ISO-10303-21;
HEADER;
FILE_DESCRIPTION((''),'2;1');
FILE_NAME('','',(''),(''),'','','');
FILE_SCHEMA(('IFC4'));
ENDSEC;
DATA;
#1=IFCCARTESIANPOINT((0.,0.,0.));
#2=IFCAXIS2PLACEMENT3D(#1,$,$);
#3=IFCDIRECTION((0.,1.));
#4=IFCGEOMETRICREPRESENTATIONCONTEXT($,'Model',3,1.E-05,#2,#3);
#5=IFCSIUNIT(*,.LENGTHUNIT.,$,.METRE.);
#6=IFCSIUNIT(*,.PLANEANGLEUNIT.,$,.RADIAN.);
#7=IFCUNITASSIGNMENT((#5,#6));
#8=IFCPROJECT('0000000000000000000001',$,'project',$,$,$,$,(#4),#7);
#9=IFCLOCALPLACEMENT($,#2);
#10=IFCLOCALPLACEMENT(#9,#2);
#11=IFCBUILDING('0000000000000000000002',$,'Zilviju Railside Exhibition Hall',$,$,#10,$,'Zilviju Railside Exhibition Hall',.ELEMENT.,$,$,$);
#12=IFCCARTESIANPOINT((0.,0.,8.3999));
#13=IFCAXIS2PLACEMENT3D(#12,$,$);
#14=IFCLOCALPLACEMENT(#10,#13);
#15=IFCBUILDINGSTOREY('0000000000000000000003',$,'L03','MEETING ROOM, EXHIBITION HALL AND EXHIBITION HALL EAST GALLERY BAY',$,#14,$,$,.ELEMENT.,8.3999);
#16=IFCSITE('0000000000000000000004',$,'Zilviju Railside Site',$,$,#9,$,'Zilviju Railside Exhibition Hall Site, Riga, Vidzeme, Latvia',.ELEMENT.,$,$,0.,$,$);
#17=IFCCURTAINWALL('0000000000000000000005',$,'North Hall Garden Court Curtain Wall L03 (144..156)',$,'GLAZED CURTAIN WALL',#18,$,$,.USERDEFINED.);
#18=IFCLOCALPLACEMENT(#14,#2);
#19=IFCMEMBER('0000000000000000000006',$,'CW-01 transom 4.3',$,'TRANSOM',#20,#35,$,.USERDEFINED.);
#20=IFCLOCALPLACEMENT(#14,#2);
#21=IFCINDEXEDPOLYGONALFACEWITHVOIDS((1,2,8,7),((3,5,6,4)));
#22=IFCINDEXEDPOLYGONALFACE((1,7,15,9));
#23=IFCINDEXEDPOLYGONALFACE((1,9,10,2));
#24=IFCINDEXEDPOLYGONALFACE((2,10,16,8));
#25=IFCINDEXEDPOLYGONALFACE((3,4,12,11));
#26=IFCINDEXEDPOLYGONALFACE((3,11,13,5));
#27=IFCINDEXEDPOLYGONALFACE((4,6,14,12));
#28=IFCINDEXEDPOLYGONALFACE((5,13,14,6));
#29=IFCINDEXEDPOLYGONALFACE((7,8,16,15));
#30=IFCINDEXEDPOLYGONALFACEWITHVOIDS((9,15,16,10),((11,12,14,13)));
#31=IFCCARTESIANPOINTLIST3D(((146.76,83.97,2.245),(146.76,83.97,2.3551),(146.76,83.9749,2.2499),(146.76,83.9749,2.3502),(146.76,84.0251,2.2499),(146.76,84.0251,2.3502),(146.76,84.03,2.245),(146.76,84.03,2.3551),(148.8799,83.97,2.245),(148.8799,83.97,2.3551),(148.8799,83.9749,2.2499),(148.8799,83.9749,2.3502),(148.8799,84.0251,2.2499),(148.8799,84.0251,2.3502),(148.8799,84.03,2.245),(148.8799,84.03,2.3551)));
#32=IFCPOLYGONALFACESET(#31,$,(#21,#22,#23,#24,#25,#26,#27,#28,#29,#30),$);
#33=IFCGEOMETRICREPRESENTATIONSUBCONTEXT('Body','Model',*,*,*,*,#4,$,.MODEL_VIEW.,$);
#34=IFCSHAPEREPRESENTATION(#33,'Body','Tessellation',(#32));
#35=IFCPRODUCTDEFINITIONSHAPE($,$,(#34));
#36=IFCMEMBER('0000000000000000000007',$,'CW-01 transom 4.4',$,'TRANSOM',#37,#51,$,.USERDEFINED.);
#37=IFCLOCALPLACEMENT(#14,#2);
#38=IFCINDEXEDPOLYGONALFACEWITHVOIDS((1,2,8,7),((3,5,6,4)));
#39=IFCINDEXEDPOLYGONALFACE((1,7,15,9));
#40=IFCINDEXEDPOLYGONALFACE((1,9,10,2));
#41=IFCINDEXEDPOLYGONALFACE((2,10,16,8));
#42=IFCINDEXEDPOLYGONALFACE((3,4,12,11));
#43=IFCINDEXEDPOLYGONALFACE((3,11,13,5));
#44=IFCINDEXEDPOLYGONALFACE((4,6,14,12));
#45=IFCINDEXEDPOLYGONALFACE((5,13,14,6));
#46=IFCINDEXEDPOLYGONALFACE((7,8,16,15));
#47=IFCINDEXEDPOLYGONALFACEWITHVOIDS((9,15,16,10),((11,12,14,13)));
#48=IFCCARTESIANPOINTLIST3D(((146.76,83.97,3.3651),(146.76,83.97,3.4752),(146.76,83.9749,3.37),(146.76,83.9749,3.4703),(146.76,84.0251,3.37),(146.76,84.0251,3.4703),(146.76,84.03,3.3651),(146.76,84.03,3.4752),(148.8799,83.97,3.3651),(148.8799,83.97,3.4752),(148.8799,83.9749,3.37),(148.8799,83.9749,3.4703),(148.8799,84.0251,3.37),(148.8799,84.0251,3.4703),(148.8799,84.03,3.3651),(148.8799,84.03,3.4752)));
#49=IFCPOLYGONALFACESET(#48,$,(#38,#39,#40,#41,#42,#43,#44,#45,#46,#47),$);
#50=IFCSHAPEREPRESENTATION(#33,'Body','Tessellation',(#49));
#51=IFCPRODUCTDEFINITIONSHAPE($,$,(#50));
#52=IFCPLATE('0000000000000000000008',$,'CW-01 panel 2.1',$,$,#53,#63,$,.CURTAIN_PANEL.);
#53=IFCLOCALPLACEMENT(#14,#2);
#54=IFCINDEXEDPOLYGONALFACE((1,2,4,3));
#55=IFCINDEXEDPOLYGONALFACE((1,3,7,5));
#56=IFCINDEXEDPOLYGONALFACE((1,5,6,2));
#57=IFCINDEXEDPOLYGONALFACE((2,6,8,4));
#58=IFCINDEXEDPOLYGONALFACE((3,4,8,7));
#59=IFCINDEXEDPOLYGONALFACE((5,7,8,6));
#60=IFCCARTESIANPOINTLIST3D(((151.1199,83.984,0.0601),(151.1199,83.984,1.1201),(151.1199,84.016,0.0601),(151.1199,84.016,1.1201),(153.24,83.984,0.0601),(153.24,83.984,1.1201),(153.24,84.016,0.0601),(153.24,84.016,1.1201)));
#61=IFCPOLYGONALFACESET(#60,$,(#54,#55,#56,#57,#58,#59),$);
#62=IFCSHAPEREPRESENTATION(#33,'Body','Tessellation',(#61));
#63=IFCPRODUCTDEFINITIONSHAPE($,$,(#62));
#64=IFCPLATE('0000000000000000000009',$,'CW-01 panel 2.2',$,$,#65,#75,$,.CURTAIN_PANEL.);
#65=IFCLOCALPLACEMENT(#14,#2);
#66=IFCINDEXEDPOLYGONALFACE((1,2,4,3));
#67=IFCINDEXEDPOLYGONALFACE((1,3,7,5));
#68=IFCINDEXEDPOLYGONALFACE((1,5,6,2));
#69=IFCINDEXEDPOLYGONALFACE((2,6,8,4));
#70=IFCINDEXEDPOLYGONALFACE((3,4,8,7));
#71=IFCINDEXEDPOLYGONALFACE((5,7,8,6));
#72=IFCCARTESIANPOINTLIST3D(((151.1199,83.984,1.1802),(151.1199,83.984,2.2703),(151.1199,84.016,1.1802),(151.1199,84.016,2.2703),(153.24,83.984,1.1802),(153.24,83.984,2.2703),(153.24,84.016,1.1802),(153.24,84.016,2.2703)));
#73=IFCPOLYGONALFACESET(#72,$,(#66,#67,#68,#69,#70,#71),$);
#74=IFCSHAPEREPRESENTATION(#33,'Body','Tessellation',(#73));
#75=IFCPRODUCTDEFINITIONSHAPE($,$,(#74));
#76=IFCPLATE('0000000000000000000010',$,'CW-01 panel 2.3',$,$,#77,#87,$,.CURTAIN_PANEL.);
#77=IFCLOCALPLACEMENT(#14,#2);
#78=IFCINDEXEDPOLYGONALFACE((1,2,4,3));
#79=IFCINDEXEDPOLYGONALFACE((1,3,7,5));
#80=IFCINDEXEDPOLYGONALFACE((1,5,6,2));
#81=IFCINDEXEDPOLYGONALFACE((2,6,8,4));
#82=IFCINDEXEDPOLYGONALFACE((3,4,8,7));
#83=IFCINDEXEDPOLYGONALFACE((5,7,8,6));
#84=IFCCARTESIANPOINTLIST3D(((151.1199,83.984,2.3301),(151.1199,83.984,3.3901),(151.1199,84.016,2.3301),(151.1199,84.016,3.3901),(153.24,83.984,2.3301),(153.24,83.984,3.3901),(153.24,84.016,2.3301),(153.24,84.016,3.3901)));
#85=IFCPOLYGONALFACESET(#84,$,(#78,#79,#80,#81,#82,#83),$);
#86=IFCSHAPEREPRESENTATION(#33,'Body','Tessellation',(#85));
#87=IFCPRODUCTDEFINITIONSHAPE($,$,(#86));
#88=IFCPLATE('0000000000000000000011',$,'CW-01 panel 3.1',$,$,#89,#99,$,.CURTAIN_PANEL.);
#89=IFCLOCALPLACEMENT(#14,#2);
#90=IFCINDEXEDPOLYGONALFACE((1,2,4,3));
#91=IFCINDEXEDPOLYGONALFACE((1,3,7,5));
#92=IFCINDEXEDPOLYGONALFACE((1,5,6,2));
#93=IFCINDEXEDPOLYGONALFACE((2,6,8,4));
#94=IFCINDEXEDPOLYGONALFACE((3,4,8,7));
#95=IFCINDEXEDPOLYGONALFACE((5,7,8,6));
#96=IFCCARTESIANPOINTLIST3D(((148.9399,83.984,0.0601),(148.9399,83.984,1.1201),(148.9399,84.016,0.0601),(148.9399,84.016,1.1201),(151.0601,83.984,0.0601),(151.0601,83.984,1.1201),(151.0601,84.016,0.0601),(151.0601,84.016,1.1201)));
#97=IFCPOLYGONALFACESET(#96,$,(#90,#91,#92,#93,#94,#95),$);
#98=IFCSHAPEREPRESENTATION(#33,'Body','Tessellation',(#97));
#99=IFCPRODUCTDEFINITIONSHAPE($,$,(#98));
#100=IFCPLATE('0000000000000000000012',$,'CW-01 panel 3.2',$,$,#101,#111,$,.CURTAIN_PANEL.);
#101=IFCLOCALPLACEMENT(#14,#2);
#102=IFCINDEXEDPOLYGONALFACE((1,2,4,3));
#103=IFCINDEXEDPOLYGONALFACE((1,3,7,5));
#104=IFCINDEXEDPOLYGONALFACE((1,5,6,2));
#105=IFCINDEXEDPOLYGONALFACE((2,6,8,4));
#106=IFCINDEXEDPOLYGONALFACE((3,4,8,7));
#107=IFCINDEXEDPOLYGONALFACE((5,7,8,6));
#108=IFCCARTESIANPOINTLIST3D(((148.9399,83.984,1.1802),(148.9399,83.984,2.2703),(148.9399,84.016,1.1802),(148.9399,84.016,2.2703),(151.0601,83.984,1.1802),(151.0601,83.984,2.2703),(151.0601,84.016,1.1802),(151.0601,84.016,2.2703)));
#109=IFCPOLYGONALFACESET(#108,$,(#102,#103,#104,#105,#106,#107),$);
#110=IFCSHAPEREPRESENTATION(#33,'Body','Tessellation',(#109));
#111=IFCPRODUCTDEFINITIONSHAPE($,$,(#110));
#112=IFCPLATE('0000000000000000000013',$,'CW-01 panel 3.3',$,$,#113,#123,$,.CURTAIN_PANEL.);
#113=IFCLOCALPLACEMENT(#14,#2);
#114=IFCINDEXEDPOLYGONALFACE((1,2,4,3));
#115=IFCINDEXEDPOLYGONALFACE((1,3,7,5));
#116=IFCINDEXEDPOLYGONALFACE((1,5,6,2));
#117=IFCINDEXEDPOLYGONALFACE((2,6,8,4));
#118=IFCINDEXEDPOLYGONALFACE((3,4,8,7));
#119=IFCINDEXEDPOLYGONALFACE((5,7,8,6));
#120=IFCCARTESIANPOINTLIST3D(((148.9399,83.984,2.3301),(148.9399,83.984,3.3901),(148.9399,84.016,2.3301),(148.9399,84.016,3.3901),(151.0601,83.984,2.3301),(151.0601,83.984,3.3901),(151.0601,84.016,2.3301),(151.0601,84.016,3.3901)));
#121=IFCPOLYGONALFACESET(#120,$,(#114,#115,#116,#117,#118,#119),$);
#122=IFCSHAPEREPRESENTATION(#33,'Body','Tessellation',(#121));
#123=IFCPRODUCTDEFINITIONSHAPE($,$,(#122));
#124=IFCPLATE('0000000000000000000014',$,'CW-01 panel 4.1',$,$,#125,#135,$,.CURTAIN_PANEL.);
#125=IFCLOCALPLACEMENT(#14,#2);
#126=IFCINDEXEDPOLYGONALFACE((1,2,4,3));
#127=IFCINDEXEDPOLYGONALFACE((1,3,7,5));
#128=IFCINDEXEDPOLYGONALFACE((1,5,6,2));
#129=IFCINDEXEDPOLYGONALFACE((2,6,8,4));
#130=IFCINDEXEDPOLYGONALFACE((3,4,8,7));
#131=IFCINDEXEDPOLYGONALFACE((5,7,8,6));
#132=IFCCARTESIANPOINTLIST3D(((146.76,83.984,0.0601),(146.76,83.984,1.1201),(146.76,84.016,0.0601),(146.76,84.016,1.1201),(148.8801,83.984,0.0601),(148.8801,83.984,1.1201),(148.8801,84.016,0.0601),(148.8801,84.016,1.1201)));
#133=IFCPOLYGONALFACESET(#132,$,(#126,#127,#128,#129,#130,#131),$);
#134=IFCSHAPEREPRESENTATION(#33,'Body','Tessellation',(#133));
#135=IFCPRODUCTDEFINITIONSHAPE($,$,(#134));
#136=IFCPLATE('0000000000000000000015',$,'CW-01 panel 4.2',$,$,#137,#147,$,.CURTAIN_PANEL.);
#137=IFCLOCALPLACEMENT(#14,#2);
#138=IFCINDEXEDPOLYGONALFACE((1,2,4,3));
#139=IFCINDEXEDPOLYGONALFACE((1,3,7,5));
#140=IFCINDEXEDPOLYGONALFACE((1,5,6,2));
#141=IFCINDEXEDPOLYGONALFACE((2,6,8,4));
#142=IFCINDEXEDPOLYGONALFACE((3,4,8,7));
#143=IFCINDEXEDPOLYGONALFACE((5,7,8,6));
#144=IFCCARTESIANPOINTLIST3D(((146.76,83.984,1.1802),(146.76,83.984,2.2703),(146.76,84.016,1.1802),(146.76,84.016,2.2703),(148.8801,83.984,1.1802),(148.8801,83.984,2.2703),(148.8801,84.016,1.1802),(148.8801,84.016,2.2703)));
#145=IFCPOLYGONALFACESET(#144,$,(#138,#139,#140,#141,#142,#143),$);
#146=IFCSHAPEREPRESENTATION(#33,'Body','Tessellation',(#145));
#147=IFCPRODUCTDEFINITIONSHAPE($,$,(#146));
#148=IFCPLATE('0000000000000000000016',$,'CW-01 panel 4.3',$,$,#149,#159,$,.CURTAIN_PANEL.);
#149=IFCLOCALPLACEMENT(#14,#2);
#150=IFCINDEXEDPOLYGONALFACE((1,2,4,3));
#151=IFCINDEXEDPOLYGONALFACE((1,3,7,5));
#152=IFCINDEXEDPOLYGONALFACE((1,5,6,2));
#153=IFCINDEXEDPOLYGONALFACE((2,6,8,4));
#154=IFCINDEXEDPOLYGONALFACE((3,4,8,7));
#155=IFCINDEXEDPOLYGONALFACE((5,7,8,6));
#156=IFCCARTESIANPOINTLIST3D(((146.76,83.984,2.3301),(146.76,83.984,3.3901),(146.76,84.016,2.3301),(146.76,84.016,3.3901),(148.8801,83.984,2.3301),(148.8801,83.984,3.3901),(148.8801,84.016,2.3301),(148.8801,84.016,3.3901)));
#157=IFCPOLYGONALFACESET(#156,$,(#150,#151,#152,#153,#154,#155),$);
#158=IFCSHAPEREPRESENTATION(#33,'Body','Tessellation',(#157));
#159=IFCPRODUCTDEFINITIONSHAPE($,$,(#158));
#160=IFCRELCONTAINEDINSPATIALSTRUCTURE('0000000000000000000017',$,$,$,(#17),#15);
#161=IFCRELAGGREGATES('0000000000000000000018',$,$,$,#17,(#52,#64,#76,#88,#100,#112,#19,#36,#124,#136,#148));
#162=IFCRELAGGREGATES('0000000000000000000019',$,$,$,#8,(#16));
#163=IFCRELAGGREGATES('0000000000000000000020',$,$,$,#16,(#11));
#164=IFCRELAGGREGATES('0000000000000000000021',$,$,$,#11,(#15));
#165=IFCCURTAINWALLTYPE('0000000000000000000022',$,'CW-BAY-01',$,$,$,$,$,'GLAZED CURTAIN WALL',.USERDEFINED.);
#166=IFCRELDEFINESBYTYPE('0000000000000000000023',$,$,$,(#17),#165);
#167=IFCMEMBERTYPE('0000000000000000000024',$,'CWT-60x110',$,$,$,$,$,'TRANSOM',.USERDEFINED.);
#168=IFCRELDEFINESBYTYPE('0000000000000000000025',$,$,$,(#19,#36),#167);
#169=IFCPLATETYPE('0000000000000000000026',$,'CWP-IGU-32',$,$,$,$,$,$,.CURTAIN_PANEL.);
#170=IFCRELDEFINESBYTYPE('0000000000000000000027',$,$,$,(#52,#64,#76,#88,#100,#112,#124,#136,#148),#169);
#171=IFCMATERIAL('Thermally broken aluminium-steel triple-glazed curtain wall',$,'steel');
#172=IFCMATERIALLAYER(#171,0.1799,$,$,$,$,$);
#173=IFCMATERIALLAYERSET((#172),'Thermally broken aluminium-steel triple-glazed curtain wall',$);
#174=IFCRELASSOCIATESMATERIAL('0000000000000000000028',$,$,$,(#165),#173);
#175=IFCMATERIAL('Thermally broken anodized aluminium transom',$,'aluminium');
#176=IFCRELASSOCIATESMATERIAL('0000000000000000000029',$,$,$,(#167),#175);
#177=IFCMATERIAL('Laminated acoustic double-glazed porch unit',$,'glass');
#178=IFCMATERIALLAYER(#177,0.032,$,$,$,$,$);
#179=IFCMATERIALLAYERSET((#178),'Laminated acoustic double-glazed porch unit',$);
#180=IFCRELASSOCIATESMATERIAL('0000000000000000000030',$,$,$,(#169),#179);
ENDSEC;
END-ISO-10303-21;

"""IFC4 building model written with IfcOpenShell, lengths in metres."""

from ifc_helpers import new_model, si_unit, direction, frame, origin, origin_2d, place, context, subcontext, project, spatial, rectangle, hollow_rectangle, extrude, material, layer, layer_set, material_profile, profile_set, type_object, element, aggregate, save


model = new_model("IFC4")

# Units and contexts
model_context = context("Model", 3, precision=1e-05, world=origin(), true_north=direction((0.0, 1.0)))
body_context = subcontext(model_context, "Body", "Model", "MODEL_VIEW")
ifc_project = project(units=[si_unit("LENGTHUNIT", "METRE"), si_unit("PLANEANGLEUNIT", "RADIAN")], contexts=[model_context])

# Site, building, storey
site_placement = place(None, origin())
site = spatial("IfcSite", under=ifc_project, at=site_placement, Name="Zilviju Railside Site", LongName="Zilviju Railside Exhibition Hall Site, Riga, Vidzeme, Latvia", CompositionType="ELEMENT", RefElevation=0.0)
building_placement = place(site_placement, origin())
building = spatial("IfcBuilding", under=site, at=building_placement, Name="Zilviju Railside Exhibition Hall", LongName="Zilviju Railside Exhibition Hall", CompositionType="ELEMENT")
storey_placement = place(building_placement, frame((0.0, 0.0, 8.3999)))
storey = spatial("IfcBuildingStorey", under=building, at=storey_placement, Name="L03", Description="MEETING ROOM, EXHIBITION HALL AND EXHIBITION HALL EAST GALLERY BAY", CompositionType="ELEMENT", Elevation=8.3999)

# Curtain wall, members, plates
ifc_material_1 = material(Name="Thermally broken aluminium-steel triple-glazed curtain wall", Category="steel")
ifc_layer_1 = layer(ifc_material_1, 0.1799)
ifc_layer_set_1 = layer_set([ifc_layer_1], Name="Thermally broken aluminium-steel triple-glazed curtain wall")
curtain_wall_type = type_object("IfcCurtainWallType", Name="CW-BAY-01", ElementType="GLAZED CURTAIN WALL", PredefinedType="USERDEFINED", material=ifc_layer_set_1)
curtain_wall_placement = place(storey_placement, origin())
curtain_wall = element("IfcCurtainWall", 1, at=curtain_wall_placement, inside=storey, type_object=curtain_wall_type, Name="North Hall Garden Court Curtain Wall L03 (144..156)", ObjectType="GLAZED CURTAIN WALL", PredefinedType="USERDEFINED")
ifc_material_2 = material(Name="Thermally broken anodized aluminium transom", Category="aluminium")
ifc_material_profile_1 = material_profile(ifc_material_2, hollow_rectangle(XDim=0.0601, YDim=0.1101, WallThickness=0.0049, at=origin_2d()), Name="TRANSOM 110x60x5")
ifc_profile_set_1 = profile_set([ifc_material_profile_1], Name="Thermally broken anodized aluminium transom")
member_type_1 = type_object("IfcMemberType", Name="CWT-60x110", ElementType="TRANSOM", PredefinedType="USERDEFINED", material=ifc_profile_set_1)
member_1_placement = place(storey_placement, frame((148.8799, 84.0, 2.3), z_axis=(-1.0, 0.0, 0.0), x_axis=(0.0, -1.0, 0.0)))
member_1 = element("IfcMember", 2, at=member_1_placement, type_object=member_type_1, Name="CW-01 transom 4.3", ObjectType="TRANSOM", PredefinedType="USERDEFINED", context=body_context, shape_type="SweptSolid", body=[
    extrude(hollow_rectangle(XDim=0.0601, YDim=0.1101, WallThickness=0.0049, at=origin_2d()), origin(), (0.0, 0.0, 1.0), 2.1199),
])
member_2_placement = place(storey_placement, frame((148.8799, 84.0, 3.4202), z_axis=(-1.0, 0.0, 0.0), x_axis=(0.0, -1.0, 0.0)))
member_2 = element("IfcMember", 3, at=member_2_placement, type_object=member_type_1, Name="CW-01 transom 4.4", ObjectType="TRANSOM", PredefinedType="USERDEFINED", context=body_context, shape_type="SweptSolid", body=[
    extrude(hollow_rectangle(XDim=0.0601, YDim=0.1101, WallThickness=0.0049, at=origin_2d()), origin(), (0.0, 0.0, 1.0), 2.1199),
])
ifc_material_3 = material(Name="Laminated acoustic double-glazed porch unit", Category="glass")
ifc_layer_2 = layer(ifc_material_3, 0.032)
ifc_layer_set_2 = layer_set([ifc_layer_2], Name="Laminated acoustic double-glazed porch unit")
plate_type = type_object("IfcPlateType", Name="CWP-IGU-32", PredefinedType="CURTAIN_PANEL", material=ifc_layer_set_2)
plate_1_placement = place(storey_placement, frame((152.1799, 84.0, 0.0601), z_axis=(0.0, 0.0, 1.0), x_axis=(-1.0, 0.0, 0.0)))
plate_1 = element("IfcPlate", 4, at=plate_1_placement, type_object=plate_type, Name="CW-01 panel 2.1", PredefinedType="CURTAIN_PANEL", context=body_context, shape_type="SweptSolid", body=[
    extrude(rectangle(XDim=2.1201, YDim=0.032, at=origin_2d()), origin(), (0.0, 0.0, 1.0), 1.0601),
])
plate_2_placement = place(storey_placement, frame((152.1799, 84.0, 1.1802), z_axis=(0.0, 0.0, 1.0), x_axis=(-1.0, 0.0, 0.0)))
plate_2 = element("IfcPlate", 5, at=plate_2_placement, type_object=plate_type, Name="CW-01 panel 2.2", PredefinedType="CURTAIN_PANEL", context=body_context, shape_type="SweptSolid", body=[
    extrude(rectangle(XDim=2.1201, YDim=0.032, at=origin_2d()), origin(), (0.0, 0.0, 1.0), 1.0901),
])
plate_3_placement = place(storey_placement, frame((152.1799, 84.0, 2.3301), z_axis=(0.0, 0.0, 1.0), x_axis=(-1.0, 0.0, 0.0)))
plate_3 = element("IfcPlate", 6, at=plate_3_placement, type_object=plate_type, Name="CW-01 panel 2.3", PredefinedType="CURTAIN_PANEL", context=body_context, shape_type="SweptSolid", body=[
    extrude(rectangle(XDim=2.1201, YDim=0.032, at=origin_2d()), origin(), (0.0, 0.0, 1.0), 1.0601),
])
plate_4_placement = place(storey_placement, frame((150.0, 84.0, 0.0601), z_axis=(0.0, 0.0, 1.0), x_axis=(-1.0, 0.0, 0.0)))
plate_4 = element("IfcPlate", 7, at=plate_4_placement, type_object=plate_type, Name="CW-01 panel 3.1", PredefinedType="CURTAIN_PANEL", context=body_context, shape_type="SweptSolid", body=[
    extrude(rectangle(XDim=2.1201, YDim=0.032, at=origin_2d()), origin(), (0.0, 0.0, 1.0), 1.0601),
])
plate_5_placement = place(storey_placement, frame((150.0, 84.0, 1.1802), z_axis=(0.0, 0.0, 1.0), x_axis=(-1.0, 0.0, 0.0)))
plate_5 = element("IfcPlate", 8, at=plate_5_placement, type_object=plate_type, Name="CW-01 panel 3.2", PredefinedType="CURTAIN_PANEL", context=body_context, shape_type="SweptSolid", body=[
    extrude(rectangle(XDim=2.1201, YDim=0.032, at=origin_2d()), origin(), (0.0, 0.0, 1.0), 1.0901),
])
plate_6_placement = place(storey_placement, frame((150.0, 84.0, 2.3301), z_axis=(0.0, 0.0, 1.0), x_axis=(-1.0, 0.0, 0.0)))
plate_6 = element("IfcPlate", 9, at=plate_6_placement, type_object=plate_type, Name="CW-01 panel 3.3", PredefinedType="CURTAIN_PANEL", context=body_context, shape_type="SweptSolid", body=[
    extrude(rectangle(XDim=2.1201, YDim=0.032, at=origin_2d()), origin(), (0.0, 0.0, 1.0), 1.0601),
])
plate_7_placement = place(storey_placement, frame((147.8201, 84.0, 0.0601), z_axis=(0.0, 0.0, 1.0), x_axis=(-1.0, 0.0, 0.0)))
plate_7 = element("IfcPlate", 10, at=plate_7_placement, type_object=plate_type, Name="CW-01 panel 4.1", PredefinedType="CURTAIN_PANEL", context=body_context, shape_type="SweptSolid", body=[
    extrude(rectangle(XDim=2.1201, YDim=0.032, at=origin_2d()), origin(), (0.0, 0.0, 1.0), 1.0601),
])
plate_8_placement = place(storey_placement, frame((147.8201, 84.0, 1.1802), z_axis=(0.0, 0.0, 1.0), x_axis=(-1.0, 0.0, 0.0)))
plate_8 = element("IfcPlate", 11, at=plate_8_placement, type_object=plate_type, Name="CW-01 panel 4.2", PredefinedType="CURTAIN_PANEL", context=body_context, shape_type="SweptSolid", body=[
    extrude(rectangle(XDim=2.1201, YDim=0.032, at=origin_2d()), origin(), (0.0, 0.0, 1.0), 1.0901),
])
plate_9_placement = place(storey_placement, frame((147.8201, 84.0, 2.3301), z_axis=(0.0, 0.0, 1.0), x_axis=(-1.0, 0.0, 0.0)))
plate_9 = element("IfcPlate", 12, at=plate_9_placement, type_object=plate_type, Name="CW-01 panel 4.3", PredefinedType="CURTAIN_PANEL", context=body_context, shape_type="SweptSolid", body=[
    extrude(rectangle(XDim=2.1201, YDim=0.032, at=origin_2d()), origin(), (0.0, 0.0, 1.0), 1.0601),
])
aggregate(curtain_wall, [plate_1, plate_2, plate_3, plate_4, plate_5, plate_6, member_1, member_2, plate_7, plate_8, plate_9])

save(model, "model.ifc")
